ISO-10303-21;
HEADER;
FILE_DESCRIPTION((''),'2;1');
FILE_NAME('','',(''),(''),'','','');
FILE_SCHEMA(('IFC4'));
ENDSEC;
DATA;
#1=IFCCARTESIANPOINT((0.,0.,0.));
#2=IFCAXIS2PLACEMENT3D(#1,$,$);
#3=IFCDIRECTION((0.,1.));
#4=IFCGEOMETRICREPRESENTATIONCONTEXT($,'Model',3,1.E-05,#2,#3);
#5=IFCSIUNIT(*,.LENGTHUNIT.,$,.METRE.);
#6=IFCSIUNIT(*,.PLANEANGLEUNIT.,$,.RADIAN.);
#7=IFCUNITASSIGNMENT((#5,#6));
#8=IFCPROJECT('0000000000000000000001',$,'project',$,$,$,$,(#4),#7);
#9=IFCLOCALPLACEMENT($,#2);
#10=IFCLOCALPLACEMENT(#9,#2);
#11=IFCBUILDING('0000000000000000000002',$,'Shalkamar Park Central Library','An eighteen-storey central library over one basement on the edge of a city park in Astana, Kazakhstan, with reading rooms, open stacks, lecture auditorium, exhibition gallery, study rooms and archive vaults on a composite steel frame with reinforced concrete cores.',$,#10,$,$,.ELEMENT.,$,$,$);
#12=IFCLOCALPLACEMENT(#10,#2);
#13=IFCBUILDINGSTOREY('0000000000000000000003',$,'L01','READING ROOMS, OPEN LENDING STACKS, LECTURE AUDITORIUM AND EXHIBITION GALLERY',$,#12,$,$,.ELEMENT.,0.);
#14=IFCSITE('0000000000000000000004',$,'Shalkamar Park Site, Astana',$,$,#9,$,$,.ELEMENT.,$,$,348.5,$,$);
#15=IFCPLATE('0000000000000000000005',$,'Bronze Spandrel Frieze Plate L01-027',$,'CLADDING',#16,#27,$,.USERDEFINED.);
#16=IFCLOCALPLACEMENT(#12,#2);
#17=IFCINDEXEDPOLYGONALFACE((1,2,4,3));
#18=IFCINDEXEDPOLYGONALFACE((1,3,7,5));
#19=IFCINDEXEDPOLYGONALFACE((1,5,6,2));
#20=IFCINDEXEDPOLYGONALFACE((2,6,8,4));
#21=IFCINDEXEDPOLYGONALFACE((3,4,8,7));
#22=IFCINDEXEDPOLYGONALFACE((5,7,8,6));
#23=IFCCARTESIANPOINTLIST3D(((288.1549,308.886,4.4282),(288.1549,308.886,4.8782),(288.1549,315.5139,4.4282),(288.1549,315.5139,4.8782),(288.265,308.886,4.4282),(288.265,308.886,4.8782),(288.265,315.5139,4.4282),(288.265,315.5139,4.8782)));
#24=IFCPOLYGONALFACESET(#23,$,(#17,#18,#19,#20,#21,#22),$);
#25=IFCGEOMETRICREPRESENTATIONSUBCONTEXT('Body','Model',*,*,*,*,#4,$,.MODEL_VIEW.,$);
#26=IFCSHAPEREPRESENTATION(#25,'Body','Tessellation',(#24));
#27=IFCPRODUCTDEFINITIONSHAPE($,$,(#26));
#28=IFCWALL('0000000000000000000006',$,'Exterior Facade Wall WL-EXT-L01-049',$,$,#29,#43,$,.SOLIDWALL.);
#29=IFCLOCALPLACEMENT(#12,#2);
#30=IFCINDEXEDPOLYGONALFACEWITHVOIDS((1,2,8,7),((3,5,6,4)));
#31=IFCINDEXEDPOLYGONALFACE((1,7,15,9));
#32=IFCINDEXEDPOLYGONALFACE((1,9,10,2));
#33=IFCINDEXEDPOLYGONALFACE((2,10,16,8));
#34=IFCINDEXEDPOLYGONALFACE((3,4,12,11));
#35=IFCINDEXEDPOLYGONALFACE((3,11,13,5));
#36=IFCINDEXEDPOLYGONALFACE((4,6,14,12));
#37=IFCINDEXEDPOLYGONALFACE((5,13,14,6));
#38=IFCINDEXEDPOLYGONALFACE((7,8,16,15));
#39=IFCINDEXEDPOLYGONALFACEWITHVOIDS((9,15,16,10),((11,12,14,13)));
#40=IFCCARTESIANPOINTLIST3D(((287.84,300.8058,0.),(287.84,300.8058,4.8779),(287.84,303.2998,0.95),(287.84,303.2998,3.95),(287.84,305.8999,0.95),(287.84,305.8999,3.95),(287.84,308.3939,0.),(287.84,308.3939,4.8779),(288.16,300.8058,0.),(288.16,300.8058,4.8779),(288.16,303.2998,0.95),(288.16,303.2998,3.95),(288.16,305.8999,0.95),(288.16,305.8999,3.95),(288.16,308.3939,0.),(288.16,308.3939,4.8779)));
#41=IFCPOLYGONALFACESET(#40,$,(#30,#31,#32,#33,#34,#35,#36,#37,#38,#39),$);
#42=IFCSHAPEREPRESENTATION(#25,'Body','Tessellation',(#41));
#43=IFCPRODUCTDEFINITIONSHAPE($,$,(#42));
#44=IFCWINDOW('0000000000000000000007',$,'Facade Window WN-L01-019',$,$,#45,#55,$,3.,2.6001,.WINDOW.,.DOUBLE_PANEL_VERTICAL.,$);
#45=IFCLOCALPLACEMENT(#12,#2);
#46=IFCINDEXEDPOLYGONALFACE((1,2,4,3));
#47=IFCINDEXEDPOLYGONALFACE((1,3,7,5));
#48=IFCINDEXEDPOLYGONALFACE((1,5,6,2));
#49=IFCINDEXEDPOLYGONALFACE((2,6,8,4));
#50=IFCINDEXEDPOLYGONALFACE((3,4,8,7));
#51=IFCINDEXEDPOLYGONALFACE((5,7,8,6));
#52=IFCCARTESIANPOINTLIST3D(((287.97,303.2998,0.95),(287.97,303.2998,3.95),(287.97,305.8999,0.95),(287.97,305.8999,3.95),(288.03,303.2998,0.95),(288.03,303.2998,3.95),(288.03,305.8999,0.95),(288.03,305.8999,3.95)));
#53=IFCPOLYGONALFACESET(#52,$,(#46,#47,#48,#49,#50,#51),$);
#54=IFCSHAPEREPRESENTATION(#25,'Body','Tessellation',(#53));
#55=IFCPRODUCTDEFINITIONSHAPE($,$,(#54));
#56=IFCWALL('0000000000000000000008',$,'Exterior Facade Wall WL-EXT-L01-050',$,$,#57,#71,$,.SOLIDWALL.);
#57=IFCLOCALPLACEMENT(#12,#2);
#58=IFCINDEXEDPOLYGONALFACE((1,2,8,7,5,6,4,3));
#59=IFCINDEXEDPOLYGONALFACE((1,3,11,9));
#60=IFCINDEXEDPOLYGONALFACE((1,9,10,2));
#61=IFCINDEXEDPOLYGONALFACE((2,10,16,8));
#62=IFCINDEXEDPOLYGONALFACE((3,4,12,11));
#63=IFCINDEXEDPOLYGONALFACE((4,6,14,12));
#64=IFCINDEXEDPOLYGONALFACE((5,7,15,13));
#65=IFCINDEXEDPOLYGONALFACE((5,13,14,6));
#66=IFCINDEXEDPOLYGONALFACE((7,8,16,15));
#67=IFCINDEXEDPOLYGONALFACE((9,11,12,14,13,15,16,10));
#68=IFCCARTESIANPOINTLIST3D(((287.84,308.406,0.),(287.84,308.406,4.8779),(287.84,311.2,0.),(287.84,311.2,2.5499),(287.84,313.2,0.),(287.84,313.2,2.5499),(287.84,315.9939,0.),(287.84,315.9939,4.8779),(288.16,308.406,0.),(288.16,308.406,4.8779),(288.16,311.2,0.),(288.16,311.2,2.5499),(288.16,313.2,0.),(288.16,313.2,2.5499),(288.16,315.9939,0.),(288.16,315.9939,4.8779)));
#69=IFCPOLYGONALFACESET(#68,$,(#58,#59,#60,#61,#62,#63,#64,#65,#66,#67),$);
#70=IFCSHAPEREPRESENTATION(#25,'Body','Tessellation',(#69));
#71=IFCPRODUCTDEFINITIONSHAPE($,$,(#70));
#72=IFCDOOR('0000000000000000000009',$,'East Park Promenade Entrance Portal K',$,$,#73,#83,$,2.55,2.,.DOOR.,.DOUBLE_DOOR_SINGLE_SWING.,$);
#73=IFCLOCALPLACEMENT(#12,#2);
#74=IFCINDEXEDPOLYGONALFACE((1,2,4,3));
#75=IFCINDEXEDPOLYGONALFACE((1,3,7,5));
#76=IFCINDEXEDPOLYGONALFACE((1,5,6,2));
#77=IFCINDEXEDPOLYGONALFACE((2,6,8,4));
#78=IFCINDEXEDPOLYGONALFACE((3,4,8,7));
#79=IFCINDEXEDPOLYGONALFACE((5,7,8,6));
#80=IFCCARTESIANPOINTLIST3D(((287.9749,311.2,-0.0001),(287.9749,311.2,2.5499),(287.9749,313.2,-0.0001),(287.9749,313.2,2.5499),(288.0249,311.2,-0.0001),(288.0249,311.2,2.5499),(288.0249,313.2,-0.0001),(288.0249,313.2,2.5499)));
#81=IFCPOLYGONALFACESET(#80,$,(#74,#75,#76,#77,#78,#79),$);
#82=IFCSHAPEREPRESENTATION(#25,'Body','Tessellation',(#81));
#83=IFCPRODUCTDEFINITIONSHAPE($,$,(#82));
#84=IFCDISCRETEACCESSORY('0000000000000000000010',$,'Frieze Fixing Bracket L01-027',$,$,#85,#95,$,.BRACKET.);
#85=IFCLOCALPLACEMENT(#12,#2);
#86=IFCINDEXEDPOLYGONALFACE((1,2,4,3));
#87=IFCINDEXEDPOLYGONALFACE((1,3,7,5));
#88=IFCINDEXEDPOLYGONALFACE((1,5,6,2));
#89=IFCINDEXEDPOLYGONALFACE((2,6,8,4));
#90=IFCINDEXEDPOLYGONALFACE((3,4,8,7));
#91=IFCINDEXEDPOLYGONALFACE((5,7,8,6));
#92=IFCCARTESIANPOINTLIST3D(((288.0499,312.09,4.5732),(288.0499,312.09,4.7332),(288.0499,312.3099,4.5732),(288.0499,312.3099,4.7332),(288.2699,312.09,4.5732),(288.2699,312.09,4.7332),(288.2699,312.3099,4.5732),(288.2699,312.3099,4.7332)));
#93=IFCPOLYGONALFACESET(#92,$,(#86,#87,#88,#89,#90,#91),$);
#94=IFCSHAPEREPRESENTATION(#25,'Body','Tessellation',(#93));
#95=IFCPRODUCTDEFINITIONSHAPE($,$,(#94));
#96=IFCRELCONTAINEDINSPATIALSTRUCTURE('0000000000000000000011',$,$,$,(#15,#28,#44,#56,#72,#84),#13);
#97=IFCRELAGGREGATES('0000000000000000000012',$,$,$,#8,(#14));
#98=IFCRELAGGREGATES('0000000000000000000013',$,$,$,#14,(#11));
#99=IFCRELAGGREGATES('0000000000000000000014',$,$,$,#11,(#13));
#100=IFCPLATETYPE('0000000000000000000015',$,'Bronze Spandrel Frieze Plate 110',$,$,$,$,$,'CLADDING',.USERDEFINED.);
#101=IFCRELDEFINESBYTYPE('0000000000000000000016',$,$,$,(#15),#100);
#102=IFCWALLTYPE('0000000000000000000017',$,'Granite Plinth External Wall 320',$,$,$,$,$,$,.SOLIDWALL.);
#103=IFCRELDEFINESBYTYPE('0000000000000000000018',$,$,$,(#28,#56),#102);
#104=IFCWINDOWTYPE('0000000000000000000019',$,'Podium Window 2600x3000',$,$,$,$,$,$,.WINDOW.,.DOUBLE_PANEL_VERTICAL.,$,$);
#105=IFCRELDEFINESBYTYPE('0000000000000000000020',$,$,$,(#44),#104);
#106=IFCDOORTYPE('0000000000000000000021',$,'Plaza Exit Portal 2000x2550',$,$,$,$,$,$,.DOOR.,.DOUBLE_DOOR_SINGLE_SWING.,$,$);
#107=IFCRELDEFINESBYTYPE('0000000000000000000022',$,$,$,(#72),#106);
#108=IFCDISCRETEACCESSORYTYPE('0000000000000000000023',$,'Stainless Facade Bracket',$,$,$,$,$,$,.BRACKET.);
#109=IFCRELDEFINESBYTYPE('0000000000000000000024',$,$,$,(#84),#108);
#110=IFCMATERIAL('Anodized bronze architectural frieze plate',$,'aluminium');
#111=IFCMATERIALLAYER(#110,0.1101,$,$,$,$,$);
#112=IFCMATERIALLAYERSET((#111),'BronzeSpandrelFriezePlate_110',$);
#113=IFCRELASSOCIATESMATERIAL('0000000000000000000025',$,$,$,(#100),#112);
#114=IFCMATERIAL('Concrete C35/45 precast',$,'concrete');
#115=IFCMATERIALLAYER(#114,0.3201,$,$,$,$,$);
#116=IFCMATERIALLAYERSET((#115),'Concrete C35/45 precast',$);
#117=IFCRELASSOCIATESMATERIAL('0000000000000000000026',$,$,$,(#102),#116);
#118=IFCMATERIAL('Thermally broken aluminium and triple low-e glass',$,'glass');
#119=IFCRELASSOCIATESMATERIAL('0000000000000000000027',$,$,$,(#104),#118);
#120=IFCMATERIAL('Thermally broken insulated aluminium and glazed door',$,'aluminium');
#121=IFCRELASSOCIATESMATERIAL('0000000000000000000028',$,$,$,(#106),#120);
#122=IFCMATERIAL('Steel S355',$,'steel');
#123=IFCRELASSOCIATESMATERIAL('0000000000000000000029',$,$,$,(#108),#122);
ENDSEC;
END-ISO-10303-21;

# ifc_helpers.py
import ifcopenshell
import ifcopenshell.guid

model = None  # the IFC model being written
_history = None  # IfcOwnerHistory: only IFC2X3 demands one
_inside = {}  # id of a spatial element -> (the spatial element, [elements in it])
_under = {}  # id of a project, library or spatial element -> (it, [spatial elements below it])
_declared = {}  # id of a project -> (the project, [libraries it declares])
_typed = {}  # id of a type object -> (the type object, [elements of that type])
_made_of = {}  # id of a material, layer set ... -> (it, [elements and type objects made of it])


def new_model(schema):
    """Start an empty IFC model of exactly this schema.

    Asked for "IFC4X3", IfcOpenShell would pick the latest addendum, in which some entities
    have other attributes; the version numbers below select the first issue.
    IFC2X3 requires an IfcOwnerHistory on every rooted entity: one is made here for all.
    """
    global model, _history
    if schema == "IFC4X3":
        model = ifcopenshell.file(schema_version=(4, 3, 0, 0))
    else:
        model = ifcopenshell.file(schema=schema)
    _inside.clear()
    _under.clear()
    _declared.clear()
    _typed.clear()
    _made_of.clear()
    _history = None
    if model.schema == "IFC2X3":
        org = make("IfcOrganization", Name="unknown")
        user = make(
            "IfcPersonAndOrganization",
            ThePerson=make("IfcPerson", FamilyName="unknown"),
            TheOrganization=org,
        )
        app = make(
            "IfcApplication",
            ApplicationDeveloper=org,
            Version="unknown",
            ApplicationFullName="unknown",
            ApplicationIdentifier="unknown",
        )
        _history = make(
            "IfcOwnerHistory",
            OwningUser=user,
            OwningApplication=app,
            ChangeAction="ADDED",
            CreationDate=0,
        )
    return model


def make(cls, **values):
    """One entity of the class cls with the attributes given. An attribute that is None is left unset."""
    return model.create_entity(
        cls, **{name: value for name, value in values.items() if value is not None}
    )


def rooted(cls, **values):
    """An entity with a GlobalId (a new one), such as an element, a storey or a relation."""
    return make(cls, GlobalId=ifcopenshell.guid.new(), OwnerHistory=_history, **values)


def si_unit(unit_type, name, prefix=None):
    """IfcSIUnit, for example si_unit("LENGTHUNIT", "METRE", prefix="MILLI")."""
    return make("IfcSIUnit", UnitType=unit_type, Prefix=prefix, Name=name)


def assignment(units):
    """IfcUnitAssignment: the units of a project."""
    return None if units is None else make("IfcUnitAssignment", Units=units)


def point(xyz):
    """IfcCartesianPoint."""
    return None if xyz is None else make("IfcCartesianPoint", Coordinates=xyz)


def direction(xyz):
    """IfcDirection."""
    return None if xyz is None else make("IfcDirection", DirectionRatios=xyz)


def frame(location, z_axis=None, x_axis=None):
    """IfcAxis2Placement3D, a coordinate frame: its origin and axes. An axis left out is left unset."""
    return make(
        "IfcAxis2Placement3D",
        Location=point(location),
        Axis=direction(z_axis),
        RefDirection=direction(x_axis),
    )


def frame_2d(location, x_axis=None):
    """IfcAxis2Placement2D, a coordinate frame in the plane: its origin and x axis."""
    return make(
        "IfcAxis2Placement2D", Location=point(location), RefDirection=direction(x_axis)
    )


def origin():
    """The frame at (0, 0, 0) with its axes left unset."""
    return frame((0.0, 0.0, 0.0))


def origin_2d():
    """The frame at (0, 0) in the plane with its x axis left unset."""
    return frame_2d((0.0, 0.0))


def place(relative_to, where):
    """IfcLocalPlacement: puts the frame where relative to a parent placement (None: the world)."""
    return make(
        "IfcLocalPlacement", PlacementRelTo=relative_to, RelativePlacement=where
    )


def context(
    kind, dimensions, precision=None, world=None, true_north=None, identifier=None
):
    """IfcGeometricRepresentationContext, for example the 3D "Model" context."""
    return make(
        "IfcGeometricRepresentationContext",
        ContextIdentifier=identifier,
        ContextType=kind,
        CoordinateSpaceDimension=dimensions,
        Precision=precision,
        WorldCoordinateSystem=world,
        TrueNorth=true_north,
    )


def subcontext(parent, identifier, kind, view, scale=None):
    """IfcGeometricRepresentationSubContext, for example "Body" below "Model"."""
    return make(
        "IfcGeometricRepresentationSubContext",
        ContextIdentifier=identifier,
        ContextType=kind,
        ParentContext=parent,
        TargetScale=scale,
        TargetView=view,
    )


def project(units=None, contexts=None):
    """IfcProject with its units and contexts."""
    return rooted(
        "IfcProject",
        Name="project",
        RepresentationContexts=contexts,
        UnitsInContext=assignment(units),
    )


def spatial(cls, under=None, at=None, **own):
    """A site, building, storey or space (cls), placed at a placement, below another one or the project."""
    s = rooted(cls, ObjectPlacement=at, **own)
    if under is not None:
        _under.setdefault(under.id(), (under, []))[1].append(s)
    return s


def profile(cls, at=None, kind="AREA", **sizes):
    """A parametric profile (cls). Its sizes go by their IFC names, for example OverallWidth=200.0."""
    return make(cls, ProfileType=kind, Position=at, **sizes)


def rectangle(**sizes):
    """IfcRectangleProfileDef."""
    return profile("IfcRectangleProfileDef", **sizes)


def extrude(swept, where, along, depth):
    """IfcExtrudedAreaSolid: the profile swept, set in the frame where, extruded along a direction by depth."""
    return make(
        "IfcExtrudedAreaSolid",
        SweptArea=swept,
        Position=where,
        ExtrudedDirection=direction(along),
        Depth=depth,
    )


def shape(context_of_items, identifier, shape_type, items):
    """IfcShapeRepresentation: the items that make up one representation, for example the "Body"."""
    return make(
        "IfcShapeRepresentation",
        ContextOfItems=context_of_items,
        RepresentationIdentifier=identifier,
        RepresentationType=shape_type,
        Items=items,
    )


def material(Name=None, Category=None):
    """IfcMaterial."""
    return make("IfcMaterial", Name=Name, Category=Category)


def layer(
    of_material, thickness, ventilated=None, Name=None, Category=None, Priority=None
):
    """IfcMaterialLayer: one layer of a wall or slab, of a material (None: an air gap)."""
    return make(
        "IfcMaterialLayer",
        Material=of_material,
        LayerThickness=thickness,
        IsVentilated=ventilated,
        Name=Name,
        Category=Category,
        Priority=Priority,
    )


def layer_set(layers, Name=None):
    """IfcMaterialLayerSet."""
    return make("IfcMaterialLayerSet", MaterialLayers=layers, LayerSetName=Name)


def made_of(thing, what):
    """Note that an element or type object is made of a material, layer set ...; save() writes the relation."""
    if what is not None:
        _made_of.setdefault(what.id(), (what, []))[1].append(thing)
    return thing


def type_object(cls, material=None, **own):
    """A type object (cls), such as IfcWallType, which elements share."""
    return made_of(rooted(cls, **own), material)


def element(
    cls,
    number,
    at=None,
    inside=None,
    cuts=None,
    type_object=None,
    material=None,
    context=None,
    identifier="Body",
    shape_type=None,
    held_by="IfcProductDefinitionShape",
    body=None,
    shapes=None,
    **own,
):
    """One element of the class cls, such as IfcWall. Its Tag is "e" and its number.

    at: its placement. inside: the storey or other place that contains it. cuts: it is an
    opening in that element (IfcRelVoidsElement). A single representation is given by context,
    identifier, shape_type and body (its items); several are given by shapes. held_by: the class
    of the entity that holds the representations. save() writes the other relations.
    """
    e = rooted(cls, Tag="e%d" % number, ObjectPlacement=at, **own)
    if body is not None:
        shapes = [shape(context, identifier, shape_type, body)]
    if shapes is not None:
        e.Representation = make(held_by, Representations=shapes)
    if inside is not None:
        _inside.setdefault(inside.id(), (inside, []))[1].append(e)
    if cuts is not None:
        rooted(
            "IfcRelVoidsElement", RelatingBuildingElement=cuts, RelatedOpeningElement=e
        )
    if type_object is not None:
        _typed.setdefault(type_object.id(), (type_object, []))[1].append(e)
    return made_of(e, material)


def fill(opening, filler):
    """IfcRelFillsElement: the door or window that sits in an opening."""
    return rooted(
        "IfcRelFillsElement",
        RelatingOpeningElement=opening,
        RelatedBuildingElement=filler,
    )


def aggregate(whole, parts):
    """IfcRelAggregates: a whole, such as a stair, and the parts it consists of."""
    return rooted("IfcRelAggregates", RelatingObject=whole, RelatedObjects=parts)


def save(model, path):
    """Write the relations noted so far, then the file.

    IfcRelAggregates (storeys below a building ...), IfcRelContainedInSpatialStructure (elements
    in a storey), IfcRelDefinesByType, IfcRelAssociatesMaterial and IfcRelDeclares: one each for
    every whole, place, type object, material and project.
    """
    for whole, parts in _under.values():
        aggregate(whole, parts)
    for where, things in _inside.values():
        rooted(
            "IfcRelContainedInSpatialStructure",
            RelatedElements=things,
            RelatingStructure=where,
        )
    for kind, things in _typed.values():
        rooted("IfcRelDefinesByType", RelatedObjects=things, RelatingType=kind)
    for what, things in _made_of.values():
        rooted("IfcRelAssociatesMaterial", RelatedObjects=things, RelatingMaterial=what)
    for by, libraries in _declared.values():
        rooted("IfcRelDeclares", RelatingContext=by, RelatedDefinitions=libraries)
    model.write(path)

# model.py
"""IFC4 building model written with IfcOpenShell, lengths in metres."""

from ifc_helpers import new_model, si_unit, direction, frame, frame_2d, origin, origin_2d, place, context, subcontext, project, spatial, rectangle, extrude, material, layer, layer_set, type_object, element, fill, save


model = new_model("IFC4")

# Units and contexts
model_context = context("Model", 3, precision=1e-05, world=origin(), true_north=direction((0.0, 1.0)))
body_context = subcontext(model_context, "Body", "Model", "MODEL_VIEW")
ifc_project = project(units=[si_unit("LENGTHUNIT", "METRE"), si_unit("PLANEANGLEUNIT", "RADIAN")], contexts=[model_context])

# Site, building, storey
site_placement = place(None, origin())
site = spatial("IfcSite", under=ifc_project, at=site_placement, Name="Shalkamar Park Site, Astana", CompositionType="ELEMENT", RefElevation=348.5)
building_placement = place(site_placement, origin())
building = spatial("IfcBuilding", under=site, at=building_placement, Name="Shalkamar Park Central Library", Description="An eighteen-storey central library over one basement on the edge of a city park in Astana, Kazakhstan, with reading rooms, open stacks, lecture auditorium, exhibition gallery, study rooms and archive vaults on a composite steel frame with reinforced concrete cores.", CompositionType="ELEMENT")
storey_placement = place(building_placement, origin())
storey = spatial("IfcBuildingStorey", under=building, at=storey_placement, Name="L01", Description="READING ROOMS, OPEN LENDING STACKS, LECTURE AUDITORIUM AND EXHIBITION GALLERY", CompositionType="ELEMENT", Elevation=0.0)

# Shared definitions
ifc_material_1 = material(Name="Steel S355", Category="steel")

# Plate
ifc_material_2 = material(Name="Anodized bronze architectural frieze plate", Category="aluminium")
ifc_layer_1 = layer(ifc_material_2, 0.1101)
ifc_layer_set_1 = layer_set([ifc_layer_1], Name="BronzeSpandrelFriezePlate_110")
plate_type = type_object("IfcPlateType", Name="Bronze Spandrel Frieze Plate 110", ElementType="CLADDING", PredefinedType="USERDEFINED", material=ifc_layer_set_1)
plate_placement = place(storey_placement, frame((288.21, 312.2, 4.4282), z_axis=(0.0, 0.0, 1.0), x_axis=(1.0, 0.0, 0.0)))
element("IfcPlate", 1, at=plate_placement, inside=storey, type_object=plate_type, Name="Bronze Spandrel Frieze Plate L01-027", ObjectType="CLADDING", PredefinedType="USERDEFINED", context=body_context, shape_type="SweptSolid", body=[
    extrude(rectangle(XDim=0.1101, YDim=6.6279, at=origin_2d()), origin(), (0.0, 0.0, 1.0), 0.45),
])

# Wall, opening, window
ifc_material_3 = material(Name="Concrete C35/45 precast", Category="concrete")
ifc_layer_2 = layer(ifc_material_3, 0.3201)
ifc_layer_set_2 = layer_set([ifc_layer_2], Name="Concrete C35/45 precast")
wall_type = type_object("IfcWallType", Name="Granite Plinth External Wall 320", PredefinedType="SOLIDWALL", material=ifc_layer_set_2)
wall_1_placement = place(storey_placement, frame((288.0, 300.8059, 0.0), z_axis=(0.0, 0.0, 1.0), x_axis=(0.0, 1.0, 0.0)))
wall_1 = element("IfcWall", 2, at=wall_1_placement, inside=storey, type_object=wall_type, Name="Exterior Facade Wall WL-EXT-L01-049", PredefinedType="SOLIDWALL", context=body_context, shape_type="SweptSolid", body=[
    extrude(rectangle(XDim=7.5881, YDim=0.3201, at=frame_2d((3.7939, 0.0))), origin(), (0.0, 0.0, 1.0), 4.8779),
])
opening_1_placement = place(wall_1_placement, frame((2.4939, 0.0, 0.95)))
opening_1 = element("IfcOpeningElement", 3, at=opening_1_placement, cuts=wall_1, PredefinedType="OPENING", context=body_context, shape_type="SweptSolid", body=[
    extrude(rectangle(XDim=2.6001, YDim=3.0, at=frame_2d((1.3, 1.5))), frame((0.0, 0.1748, 0.0), z_axis=(0.0, -1.0, 0.0), x_axis=(1.0, 0.0, 0.0)), (0.0, 0.0, 1.0), 0.3499),
])
ifc_material_4 = material(Name="Thermally broken aluminium and triple low-e glass", Category="glass")
window_type = type_object("IfcWindowType", Name="Podium Window 2600x3000", PartitioningType="DOUBLE_PANEL_VERTICAL", PredefinedType="WINDOW", material=ifc_material_4)
window_placement = place(opening_1_placement, origin())
window = element("IfcWindow", 4, at=window_placement, inside=storey, type_object=window_type, Name="Facade Window WN-L01-019", OverallHeight=3.0, OverallWidth=2.6001, PartitioningType="DOUBLE_PANEL_VERTICAL", PredefinedType="WINDOW", context=body_context, shape_type="SweptSolid", body=[
    extrude(rectangle(XDim=2.6001, YDim=3.0, at=frame_2d((1.3, 1.5))), frame((0.0, 0.03, 0.0), z_axis=(0.0, -1.0, 0.0), x_axis=(1.0, 0.0, 0.0)), (0.0, 0.0, 1.0), 0.0601),
])
fill(opening_1, window)

# Wall, opening, door
wall_2_placement = place(storey_placement, frame((288.0, 308.406, 0.0), z_axis=(0.0, 0.0, 1.0), x_axis=(0.0, 1.0, 0.0)))
wall_2 = element("IfcWall", 5, at=wall_2_placement, inside=storey, type_object=wall_type, Name="Exterior Facade Wall WL-EXT-L01-050", PredefinedType="SOLIDWALL", context=body_context, shape_type="SweptSolid", body=[
    extrude(rectangle(XDim=7.5879, YDim=0.3201, at=frame_2d((3.7939, 0.0))), origin(), (0.0, 0.0, 1.0), 4.8779),
])
opening_2_placement = place(wall_2_placement, frame((2.7939, 0.0, 0.0)))
opening_2 = element("IfcOpeningElement", 6, at=opening_2_placement, cuts=wall_2, PredefinedType="OPENING", context=body_context, shape_type="SweptSolid", body=[
    extrude(rectangle(XDim=2.0, YDim=2.55, at=frame_2d((1.0, 1.2749))), frame((0.0, 0.1748, 0.0), z_axis=(0.0, -1.0, 0.0), x_axis=(1.0, 0.0, 0.0)), (0.0, 0.0, 1.0), 0.3499),
])
ifc_material_5 = material(Name="Thermally broken insulated aluminium and glazed door", Category="aluminium")
door_type = type_object("IfcDoorType", Name="Plaza Exit Portal 2000x2550", OperationType="DOUBLE_DOOR_SINGLE_SWING", PredefinedType="DOOR", material=ifc_material_5)
door_placement = place(opening_2_placement, frame((2.0, 0.0, 0.0), z_axis=(0.0, 0.0, 1.0), x_axis=(-1.0, 0.0, 0.0)))
door = element("IfcDoor", 7, at=door_placement, inside=storey, type_object=door_type, Name="East Park Promenade Entrance Portal K", OperationType="DOUBLE_DOOR_SINGLE_SWING", OverallHeight=2.55, OverallWidth=2.0, PredefinedType="DOOR", context=body_context, shape_type="SweptSolid", body=[
    extrude(rectangle(XDim=2.0, YDim=2.55, at=frame_2d((1.0, 1.2749))), frame((0.0, 0.0249, 0.0), z_axis=(0.0, -1.0, 0.0), x_axis=(1.0, 0.0, 0.0)), (0.0, 0.0, 1.0), 0.05),
])
fill(opening_2, door)

# Discrete accessory
discrete_accessory_type = type_object("IfcDiscreteAccessoryType", Name="Stainless Facade Bracket", PredefinedType="BRACKET", material=ifc_material_1)
discrete_accessory_placement = place(storey_placement, frame((288.1599, 312.2, 4.5732), z_axis=(0.0, 0.0, 1.0), x_axis=(1.0, 0.0, 0.0)))
element("IfcDiscreteAccessory", 8, at=discrete_accessory_placement, inside=storey, type_object=discrete_accessory_type, Name="Frieze Fixing Bracket L01-027", PredefinedType="BRACKET", context=body_context, shape_type="SweptSolid", body=[
    extrude(rectangle(XDim=0.22, YDim=0.22, at=origin_2d()), origin(), (0.0, 0.0, 1.0), 0.1599),
])

save(model, "model.ifc")
